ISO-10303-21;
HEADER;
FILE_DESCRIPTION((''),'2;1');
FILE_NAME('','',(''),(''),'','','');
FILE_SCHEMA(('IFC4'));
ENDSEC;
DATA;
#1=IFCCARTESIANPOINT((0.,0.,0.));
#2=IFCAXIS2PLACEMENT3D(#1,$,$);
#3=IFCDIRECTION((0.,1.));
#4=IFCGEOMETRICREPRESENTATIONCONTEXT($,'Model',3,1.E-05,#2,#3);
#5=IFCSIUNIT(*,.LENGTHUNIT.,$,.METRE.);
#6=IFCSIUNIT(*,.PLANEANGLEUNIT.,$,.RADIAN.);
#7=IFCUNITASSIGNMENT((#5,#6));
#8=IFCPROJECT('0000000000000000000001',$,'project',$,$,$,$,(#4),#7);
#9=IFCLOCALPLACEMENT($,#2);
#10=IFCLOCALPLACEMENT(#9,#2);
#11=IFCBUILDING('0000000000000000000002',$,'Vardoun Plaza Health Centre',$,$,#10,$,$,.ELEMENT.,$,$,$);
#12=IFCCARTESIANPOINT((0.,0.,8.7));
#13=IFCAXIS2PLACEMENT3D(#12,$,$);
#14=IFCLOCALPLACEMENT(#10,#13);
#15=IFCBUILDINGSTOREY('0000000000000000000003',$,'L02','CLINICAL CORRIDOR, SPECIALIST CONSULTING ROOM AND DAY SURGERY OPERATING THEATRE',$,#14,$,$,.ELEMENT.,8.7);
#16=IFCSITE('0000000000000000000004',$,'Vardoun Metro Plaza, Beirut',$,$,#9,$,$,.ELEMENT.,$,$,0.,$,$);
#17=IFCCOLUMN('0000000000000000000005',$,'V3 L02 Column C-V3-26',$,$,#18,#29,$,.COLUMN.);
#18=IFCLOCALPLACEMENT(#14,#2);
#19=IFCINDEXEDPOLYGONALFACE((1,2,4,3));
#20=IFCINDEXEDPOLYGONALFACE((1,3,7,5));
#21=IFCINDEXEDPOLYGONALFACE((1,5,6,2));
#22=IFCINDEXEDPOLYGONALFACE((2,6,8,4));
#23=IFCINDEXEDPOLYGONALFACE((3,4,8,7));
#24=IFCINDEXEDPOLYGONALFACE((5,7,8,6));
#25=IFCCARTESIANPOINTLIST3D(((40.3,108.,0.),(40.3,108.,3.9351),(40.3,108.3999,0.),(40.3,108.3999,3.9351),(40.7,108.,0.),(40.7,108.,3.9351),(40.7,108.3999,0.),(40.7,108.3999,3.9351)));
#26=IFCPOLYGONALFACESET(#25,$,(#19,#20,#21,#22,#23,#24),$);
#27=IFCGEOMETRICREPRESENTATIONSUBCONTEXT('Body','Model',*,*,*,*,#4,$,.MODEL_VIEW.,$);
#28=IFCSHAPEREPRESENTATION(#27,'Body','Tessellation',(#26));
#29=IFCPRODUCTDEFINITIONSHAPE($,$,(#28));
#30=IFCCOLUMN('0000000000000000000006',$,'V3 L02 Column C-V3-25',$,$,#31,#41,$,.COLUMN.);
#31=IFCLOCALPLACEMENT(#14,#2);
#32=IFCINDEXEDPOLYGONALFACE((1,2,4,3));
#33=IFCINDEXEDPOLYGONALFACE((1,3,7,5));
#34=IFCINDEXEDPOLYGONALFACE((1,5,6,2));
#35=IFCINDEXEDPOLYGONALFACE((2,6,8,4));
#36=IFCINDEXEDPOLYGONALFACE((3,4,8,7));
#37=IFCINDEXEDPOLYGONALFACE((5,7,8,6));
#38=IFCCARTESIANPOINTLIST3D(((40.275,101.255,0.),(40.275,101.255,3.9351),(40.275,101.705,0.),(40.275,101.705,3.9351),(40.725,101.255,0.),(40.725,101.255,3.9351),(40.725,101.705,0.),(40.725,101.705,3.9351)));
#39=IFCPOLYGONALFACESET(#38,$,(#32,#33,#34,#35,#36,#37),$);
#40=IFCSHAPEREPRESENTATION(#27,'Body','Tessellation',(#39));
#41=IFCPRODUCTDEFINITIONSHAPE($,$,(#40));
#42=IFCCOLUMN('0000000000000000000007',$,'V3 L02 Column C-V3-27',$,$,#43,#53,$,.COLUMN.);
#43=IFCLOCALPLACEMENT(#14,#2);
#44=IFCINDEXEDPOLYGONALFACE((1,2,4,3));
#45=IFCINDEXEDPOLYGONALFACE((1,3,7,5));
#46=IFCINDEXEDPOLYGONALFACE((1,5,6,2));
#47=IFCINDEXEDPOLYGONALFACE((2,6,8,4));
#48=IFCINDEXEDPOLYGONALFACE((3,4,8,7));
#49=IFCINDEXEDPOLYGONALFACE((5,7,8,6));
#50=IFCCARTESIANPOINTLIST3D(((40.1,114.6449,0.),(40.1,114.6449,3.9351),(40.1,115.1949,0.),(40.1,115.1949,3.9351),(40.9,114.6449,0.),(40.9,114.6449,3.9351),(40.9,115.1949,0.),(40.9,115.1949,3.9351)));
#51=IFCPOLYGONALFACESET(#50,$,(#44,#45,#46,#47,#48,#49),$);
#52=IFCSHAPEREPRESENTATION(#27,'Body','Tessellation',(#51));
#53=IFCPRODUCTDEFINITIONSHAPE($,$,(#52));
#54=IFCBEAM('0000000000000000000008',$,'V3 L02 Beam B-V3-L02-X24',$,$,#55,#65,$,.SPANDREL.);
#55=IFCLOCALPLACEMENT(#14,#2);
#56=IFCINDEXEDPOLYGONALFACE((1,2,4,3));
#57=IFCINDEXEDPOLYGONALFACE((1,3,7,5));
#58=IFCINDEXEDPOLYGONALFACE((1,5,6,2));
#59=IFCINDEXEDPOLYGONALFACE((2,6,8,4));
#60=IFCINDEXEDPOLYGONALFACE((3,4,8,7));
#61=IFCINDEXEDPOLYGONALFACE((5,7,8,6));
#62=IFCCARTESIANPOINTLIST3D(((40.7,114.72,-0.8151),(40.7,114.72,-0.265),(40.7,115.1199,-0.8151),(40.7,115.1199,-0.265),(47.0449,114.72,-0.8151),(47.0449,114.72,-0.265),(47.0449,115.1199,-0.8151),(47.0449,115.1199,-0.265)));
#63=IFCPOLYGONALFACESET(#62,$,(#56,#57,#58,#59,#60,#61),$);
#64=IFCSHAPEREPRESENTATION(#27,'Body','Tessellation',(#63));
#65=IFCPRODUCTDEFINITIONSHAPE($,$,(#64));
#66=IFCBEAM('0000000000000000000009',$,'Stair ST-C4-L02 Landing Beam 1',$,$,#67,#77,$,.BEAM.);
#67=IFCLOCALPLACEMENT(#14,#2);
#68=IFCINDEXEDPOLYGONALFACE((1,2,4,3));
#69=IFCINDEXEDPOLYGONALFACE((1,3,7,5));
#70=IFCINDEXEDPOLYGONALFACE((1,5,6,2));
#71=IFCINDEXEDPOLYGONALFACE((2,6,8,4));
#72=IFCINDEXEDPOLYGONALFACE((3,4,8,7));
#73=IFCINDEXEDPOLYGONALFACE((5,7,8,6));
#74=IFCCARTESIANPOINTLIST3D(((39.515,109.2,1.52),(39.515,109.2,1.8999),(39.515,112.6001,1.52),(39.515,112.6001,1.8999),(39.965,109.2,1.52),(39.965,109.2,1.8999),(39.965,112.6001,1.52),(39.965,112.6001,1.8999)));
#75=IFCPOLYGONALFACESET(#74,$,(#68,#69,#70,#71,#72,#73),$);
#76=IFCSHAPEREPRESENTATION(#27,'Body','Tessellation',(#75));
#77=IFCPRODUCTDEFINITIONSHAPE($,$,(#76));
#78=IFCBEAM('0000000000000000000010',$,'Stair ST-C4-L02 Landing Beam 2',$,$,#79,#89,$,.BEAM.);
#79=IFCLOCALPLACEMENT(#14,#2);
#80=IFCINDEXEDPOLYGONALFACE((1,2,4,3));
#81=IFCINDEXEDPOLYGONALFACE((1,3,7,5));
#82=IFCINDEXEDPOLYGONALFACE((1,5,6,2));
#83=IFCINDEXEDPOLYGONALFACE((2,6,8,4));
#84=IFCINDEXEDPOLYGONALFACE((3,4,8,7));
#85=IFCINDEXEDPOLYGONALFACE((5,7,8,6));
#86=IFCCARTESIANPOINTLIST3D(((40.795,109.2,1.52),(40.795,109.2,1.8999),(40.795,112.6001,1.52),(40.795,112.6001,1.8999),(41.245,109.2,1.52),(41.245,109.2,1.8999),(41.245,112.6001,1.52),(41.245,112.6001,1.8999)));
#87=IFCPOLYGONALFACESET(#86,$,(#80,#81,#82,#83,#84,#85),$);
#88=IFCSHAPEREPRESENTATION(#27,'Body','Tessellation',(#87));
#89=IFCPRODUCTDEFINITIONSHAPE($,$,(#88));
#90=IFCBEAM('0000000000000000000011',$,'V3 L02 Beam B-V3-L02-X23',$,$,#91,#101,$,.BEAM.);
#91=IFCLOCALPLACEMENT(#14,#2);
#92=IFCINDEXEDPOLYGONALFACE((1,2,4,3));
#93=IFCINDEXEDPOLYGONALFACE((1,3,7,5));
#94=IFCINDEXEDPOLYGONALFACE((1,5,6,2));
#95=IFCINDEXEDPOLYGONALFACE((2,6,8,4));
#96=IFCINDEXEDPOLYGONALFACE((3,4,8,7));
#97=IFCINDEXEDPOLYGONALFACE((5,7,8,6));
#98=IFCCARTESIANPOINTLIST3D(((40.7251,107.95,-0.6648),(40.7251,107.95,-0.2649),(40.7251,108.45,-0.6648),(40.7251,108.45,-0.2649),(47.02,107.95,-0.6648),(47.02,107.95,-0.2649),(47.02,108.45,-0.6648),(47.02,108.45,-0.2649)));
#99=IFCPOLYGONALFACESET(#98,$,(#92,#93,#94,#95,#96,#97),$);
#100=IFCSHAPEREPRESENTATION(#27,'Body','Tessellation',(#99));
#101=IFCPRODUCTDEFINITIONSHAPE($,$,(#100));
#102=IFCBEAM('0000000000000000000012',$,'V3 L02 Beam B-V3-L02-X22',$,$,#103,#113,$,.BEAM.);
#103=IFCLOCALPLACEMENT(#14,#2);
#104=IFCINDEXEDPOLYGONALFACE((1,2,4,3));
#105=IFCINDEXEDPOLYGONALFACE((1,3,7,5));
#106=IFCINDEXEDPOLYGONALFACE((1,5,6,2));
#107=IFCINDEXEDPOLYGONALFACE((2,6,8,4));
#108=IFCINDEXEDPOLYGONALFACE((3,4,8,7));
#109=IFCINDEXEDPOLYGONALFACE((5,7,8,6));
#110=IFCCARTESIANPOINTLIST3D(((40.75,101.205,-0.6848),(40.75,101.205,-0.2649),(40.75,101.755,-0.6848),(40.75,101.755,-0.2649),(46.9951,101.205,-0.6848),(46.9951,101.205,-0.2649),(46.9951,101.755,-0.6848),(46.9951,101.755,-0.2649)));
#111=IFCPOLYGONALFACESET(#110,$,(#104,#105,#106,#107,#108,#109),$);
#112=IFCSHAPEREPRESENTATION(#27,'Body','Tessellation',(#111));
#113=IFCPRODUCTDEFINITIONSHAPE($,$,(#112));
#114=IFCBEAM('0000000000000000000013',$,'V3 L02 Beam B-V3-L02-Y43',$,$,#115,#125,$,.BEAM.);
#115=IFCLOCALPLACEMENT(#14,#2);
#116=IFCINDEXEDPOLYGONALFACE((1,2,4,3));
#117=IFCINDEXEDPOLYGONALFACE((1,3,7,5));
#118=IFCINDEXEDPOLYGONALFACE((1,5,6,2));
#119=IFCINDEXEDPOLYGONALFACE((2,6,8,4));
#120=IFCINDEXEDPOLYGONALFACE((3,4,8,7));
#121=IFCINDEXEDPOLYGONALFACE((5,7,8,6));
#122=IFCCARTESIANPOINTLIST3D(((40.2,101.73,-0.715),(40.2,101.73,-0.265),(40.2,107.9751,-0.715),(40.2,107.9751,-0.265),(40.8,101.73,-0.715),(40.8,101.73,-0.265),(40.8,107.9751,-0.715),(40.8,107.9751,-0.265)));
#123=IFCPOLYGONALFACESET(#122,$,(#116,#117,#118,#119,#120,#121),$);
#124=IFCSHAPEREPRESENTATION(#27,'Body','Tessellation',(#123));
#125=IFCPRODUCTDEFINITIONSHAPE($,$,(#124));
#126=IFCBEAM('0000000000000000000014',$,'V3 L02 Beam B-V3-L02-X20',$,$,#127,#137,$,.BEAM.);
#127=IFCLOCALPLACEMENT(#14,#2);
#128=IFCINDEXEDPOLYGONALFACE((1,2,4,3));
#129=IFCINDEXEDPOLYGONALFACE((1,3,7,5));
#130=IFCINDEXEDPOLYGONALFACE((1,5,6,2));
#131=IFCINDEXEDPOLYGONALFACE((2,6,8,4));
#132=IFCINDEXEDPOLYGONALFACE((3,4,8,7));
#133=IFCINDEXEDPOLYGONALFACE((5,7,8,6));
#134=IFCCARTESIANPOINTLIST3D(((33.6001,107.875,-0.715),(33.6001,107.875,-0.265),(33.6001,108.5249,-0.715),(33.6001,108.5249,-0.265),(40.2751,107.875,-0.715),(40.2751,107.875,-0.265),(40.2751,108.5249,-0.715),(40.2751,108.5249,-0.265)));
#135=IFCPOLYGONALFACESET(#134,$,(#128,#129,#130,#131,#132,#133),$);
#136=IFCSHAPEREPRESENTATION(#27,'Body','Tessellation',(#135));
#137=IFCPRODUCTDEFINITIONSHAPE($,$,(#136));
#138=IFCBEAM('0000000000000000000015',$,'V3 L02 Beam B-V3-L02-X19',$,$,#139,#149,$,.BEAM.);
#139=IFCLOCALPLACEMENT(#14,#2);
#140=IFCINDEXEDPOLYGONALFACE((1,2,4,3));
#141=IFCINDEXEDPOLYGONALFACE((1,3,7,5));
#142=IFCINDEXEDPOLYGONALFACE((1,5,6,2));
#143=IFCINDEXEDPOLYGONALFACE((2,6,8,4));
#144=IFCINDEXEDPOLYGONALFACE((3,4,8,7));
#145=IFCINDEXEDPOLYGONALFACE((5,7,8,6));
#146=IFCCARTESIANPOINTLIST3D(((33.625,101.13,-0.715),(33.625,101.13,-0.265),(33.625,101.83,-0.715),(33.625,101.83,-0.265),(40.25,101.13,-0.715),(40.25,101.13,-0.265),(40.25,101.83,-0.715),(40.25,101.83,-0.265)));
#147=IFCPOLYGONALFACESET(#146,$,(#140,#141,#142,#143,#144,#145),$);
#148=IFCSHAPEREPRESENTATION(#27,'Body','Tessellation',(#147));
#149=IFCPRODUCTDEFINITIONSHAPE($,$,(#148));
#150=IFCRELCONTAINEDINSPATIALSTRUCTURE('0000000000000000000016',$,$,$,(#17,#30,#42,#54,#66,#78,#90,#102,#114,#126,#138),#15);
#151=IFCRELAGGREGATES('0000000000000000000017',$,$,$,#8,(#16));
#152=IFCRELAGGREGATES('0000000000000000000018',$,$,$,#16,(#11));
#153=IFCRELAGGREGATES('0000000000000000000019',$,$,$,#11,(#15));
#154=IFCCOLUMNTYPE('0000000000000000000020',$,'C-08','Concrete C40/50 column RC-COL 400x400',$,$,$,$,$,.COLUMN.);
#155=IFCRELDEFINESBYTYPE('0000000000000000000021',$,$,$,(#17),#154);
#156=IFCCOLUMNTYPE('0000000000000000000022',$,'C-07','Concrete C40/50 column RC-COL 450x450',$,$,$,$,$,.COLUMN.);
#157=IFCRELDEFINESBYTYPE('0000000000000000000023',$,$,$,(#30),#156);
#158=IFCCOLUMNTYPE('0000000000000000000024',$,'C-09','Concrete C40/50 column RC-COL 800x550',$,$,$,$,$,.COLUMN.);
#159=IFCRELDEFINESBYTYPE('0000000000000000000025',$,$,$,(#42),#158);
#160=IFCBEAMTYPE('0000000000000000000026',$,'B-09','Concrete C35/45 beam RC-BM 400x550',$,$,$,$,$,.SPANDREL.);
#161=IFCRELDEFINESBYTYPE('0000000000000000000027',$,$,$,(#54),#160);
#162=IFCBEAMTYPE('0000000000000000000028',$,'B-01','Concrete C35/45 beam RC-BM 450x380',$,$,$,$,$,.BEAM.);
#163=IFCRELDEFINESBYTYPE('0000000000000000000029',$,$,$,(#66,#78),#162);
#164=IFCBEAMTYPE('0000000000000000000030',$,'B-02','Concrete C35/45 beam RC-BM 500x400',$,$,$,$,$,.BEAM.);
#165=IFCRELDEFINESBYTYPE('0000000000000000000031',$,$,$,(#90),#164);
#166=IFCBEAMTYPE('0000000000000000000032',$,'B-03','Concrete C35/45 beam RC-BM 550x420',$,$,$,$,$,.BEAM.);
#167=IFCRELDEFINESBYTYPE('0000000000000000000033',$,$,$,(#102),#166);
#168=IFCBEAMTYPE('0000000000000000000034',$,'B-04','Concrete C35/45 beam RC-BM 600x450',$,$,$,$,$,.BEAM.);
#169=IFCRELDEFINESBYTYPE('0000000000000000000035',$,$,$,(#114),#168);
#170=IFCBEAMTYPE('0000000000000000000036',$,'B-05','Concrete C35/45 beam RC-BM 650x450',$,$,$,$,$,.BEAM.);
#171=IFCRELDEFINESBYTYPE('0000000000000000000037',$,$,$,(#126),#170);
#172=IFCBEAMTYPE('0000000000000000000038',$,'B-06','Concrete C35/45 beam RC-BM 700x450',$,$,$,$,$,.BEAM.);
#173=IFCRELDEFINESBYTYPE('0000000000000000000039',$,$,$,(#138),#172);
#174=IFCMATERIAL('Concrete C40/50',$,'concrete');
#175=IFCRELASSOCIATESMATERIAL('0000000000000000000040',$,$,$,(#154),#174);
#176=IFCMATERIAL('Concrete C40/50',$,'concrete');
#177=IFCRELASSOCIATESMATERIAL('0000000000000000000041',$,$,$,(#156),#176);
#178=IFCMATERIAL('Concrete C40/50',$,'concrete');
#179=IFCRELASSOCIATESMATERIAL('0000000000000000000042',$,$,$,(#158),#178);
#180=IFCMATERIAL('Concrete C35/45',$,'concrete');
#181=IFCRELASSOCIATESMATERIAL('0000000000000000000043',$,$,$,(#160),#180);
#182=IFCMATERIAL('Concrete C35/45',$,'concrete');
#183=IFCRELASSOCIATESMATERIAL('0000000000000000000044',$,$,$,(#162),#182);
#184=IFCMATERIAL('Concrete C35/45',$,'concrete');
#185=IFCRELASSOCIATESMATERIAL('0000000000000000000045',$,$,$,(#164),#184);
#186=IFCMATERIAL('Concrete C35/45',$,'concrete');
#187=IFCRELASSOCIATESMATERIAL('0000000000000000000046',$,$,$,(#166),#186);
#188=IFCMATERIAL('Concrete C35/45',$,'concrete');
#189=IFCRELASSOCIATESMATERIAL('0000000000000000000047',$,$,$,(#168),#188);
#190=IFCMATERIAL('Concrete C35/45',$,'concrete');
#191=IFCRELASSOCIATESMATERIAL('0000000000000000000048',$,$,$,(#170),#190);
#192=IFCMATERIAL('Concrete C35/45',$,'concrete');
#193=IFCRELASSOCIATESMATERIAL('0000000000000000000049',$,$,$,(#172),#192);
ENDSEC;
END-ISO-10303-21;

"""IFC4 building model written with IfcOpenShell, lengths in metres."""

from ifc_helpers import new_model, si_unit, direction, frame, origin, origin_2d, place, context, subcontext, project, spatial, rectangle, extrude, material, material_profile, profile_set, type_object, element, save


model = new_model("IFC4")

# Units and contexts
model_context = context("Model", 3, precision=1e-05, world=origin(), true_north=direction((0.0, 1.0)))
body_context = subcontext(model_context, "Body", "Model", "MODEL_VIEW")
ifc_project = project(units=[si_unit("LENGTHUNIT", "METRE"), si_unit("PLANEANGLEUNIT", "RADIAN")], contexts=[model_context])

# Site, building, storey
site_placement = place(None, origin())
site = spatial("IfcSite", under=ifc_project, at=site_placement, Name="Vardoun Metro Plaza, Beirut", CompositionType="ELEMENT", RefElevation=0.0)
building_placement = place(site_placement, origin())
building = spatial("IfcBuilding", under=site, at=building_placement, Name="Vardoun Plaza Health Centre", CompositionType="ELEMENT")
storey_placement = place(building_placement, frame((0.0, 0.0, 8.7)))
storey = spatial("IfcBuildingStorey", under=building, at=storey_placement, Name="L02", Description="CLINICAL CORRIDOR, SPECIALIST CONSULTING ROOM AND DAY SURGERY OPERATING THEATRE", CompositionType="ELEMENT", Elevation=8.7)

# Columns
ifc_material_1 = material(Name="Concrete C40/50", Category="concrete")
ifc_material_profile_1 = material_profile(ifc_material_1, rectangle(XDim=0.3999, YDim=0.3999, at=origin_2d()), Name="RC-COL 400x400")
ifc_profile_set_1 = profile_set([ifc_material_profile_1], Name="Concrete C40/50")
column_type_1 = type_object("IfcColumnType", Name="C-08", Description="Concrete C40/50 column RC-COL 400x400", PredefinedType="COLUMN", material=ifc_profile_set_1)
column_1_placement = place(storey_placement, frame((40.5, 108.2, 0.0), z_axis=(0.0, 0.0, 1.0), x_axis=(1.0, 0.0, 0.0)))
element("IfcColumn", 1, at=column_1_placement, inside=storey, type_object=column_type_1, Name="V3 L02 Column C-V3-26", PredefinedType="COLUMN", context=body_context, shape_type="SweptSolid", body=[
    extrude(rectangle(XDim=0.3999, YDim=0.3999, at=origin_2d()), origin(), (0.0, 0.0, 1.0), 3.9351),
])
ifc_material_2 = material(Name="Concrete C40/50", Category="concrete")
ifc_material_profile_2 = material_profile(ifc_material_2, rectangle(XDim=0.45, YDim=0.45, at=origin_2d()), Name="RC-COL 450x450")
ifc_profile_set_2 = profile_set([ifc_material_profile_2], Name="Concrete C40/50")
column_type_2 = type_object("IfcColumnType", Name="C-07", Description="Concrete C40/50 column RC-COL 450x450", PredefinedType="COLUMN", material=ifc_profile_set_2)
column_2_placement = place(storey_placement, frame((40.5, 101.48, 0.0), z_axis=(0.0, 0.0, 1.0), x_axis=(1.0, 0.0, 0.0)))
element("IfcColumn", 2, at=column_2_placement, inside=storey, type_object=column_type_2, Name="V3 L02 Column C-V3-25", PredefinedType="COLUMN", context=body_context, shape_type="SweptSolid", body=[
    extrude(rectangle(XDim=0.45, YDim=0.45, at=origin_2d()), origin(), (0.0, 0.0, 1.0), 3.9351),
])
ifc_material_3 = material(Name="Concrete C40/50", Category="concrete")
ifc_material_profile_3 = material_profile(ifc_material_3, rectangle(XDim=0.8, YDim=0.55, at=origin_2d()), Name="RC-COL 800x550")
ifc_profile_set_3 = profile_set([ifc_material_profile_3], Name="Concrete C40/50")
column_type_3 = type_object("IfcColumnType", Name="C-09", Description="Concrete C40/50 column RC-COL 800x550", PredefinedType="COLUMN", material=ifc_profile_set_3)
column_3_placement = place(storey_placement, frame((40.5, 114.9199, 0.0), z_axis=(0.0, 0.0, 1.0), x_axis=(1.0, 0.0, 0.0)))
element("IfcColumn", 3, at=column_3_placement, inside=storey, type_object=column_type_3, Name="V3 L02 Column C-V3-27", PredefinedType="COLUMN", context=body_context, shape_type="SweptSolid", body=[
    extrude(rectangle(XDim=0.8, YDim=0.55, at=origin_2d()), origin(), (0.0, 0.0, 1.0), 3.9351),
])

# Beams
ifc_material_4 = material(Name="Concrete C35/45", Category="concrete")
ifc_material_profile_4 = material_profile(ifc_material_4, rectangle(XDim=0.3999, YDim=0.55, at=origin_2d()), Name="RC-BM 400x550")
ifc_profile_set_4 = profile_set([ifc_material_profile_4], Name="Concrete C35/45")
beam_type_1 = type_object("IfcBeamType", Name="B-09", Description="Concrete C35/45 beam RC-BM 400x550", PredefinedType="SPANDREL", material=ifc_profile_set_4)
beam_1_placement = place(storey_placement, frame((40.7, 114.9199, -0.54), z_axis=(1.0, 0.0, 0.0), x_axis=(0.0, 1.0, 0.0)))
element("IfcBeam", 4, at=beam_1_placement, inside=storey, type_object=beam_type_1, Name="V3 L02 Beam B-V3-L02-X24", PredefinedType="SPANDREL", context=body_context, shape_type="SweptSolid", body=[
    extrude(rectangle(XDim=0.3999, YDim=0.55, at=origin_2d()), origin(), (0.0, 0.0, 1.0), 6.345),
])
ifc_material_5 = material(Name="Concrete C35/45", Category="concrete")
ifc_material_profile_5 = material_profile(ifc_material_5, rectangle(XDim=0.45, YDim=0.3799, at=origin_2d()), Name="RC-BM 450x380")
ifc_profile_set_5 = profile_set([ifc_material_profile_5], Name="Concrete C35/45")
beam_type_2 = type_object("IfcBeamType", Name="B-01", Description="Concrete C35/45 beam RC-BM 450x380", PredefinedType="BEAM", material=ifc_profile_set_5)
for number, where, z_axis, x_axis, name in (
    (5, (39.74, 109.2, 1.71), (0.0, 1.0, 0.0), (-1.0, 0.0, 0.0), "Stair ST-C4-L02 Landing Beam 1"),
    (6, (41.02, 109.2, 1.71), (0.0, 1.0, 0.0), (-1.0, 0.0, 0.0), "Stair ST-C4-L02 Landing Beam 2"),
):
    element("IfcBeam", number, at=place(storey_placement, frame(where, z_axis=z_axis, x_axis=x_axis)), inside=storey, type_object=beam_type_2, Name=name, PredefinedType="BEAM", context=body_context, shape_type="SweptSolid", body=[
        extrude(rectangle(XDim=0.45, YDim=0.3799, at=origin_2d()), origin(), (0.0, 0.0, 1.0), 3.4001),
    ])
ifc_material_6 = material(Name="Concrete C35/45", Category="concrete")
ifc_material_profile_6 = material_profile(ifc_material_6, rectangle(XDim=0.5, YDim=0.3999, at=origin_2d()), Name="RC-BM 500x400")
ifc_profile_set_6 = profile_set([ifc_material_profile_6], Name="Concrete C35/45")
beam_type_3 = type_object("IfcBeamType", Name="B-02", Description="Concrete C35/45 beam RC-BM 500x400", PredefinedType="BEAM", material=ifc_profile_set_6)
beam_2_placement = place(storey_placement, frame((40.7251, 108.2, -0.4648), z_axis=(1.0, 0.0, 0.0), x_axis=(0.0, 1.0, 0.0)))
element("IfcBeam", 7, at=beam_2_placement, inside=storey, type_object=beam_type_3, Name="V3 L02 Beam B-V3-L02-X23", PredefinedType="BEAM", context=body_context, shape_type="SweptSolid", body=[
    extrude(rectangle(XDim=0.5, YDim=0.3999, at=origin_2d()), origin(), (0.0, 0.0, 1.0), 6.2949),
])
ifc_material_7 = material(Name="Concrete C35/45", Category="concrete")
ifc_material_profile_7 = material_profile(ifc_material_7, rectangle(XDim=0.55, YDim=0.4199, at=origin_2d()), Name="RC-BM 550x420")
ifc_profile_set_7 = profile_set([ifc_material_profile_7], Name="Concrete C35/45")
beam_type_4 = type_object("IfcBeamType", Name="B-03", Description="Concrete C35/45 beam RC-BM 550x420", PredefinedType="BEAM", material=ifc_profile_set_7)
beam_3_placement = place(storey_placement, frame((40.75, 101.48, -0.4749), z_axis=(1.0, 0.0, 0.0), x_axis=(0.0, 1.0, 0.0)))
element("IfcBeam", 8, at=beam_3_placement, inside=storey, type_object=beam_type_4, Name="V3 L02 Beam B-V3-L02-X22", PredefinedType="BEAM", context=body_context, shape_type="SweptSolid", body=[
    extrude(rectangle(XDim=0.55, YDim=0.4199, at=origin_2d()), origin(), (0.0, 0.0, 1.0), 6.2451),
])
ifc_material_8 = material(Name="Concrete C35/45", Category="concrete")
ifc_material_profile_8 = material_profile(ifc_material_8, rectangle(XDim=0.6001, YDim=0.45, at=origin_2d()), Name="RC-BM 600x450")
ifc_profile_set_8 = profile_set([ifc_material_profile_8], Name="Concrete C35/45")
beam_type_5 = type_object("IfcBeamType", Name="B-04", Description="Concrete C35/45 beam RC-BM 600x450", PredefinedType="BEAM", material=ifc_profile_set_8)
beam_4_placement = place(storey_placement, frame((40.5, 101.73, -0.49), z_axis=(0.0, 1.0, 0.0), x_axis=(-1.0, 0.0, 0.0)))
element("IfcBeam", 9, at=beam_4_placement, inside=storey, type_object=beam_type_5, Name="V3 L02 Beam B-V3-L02-Y43", PredefinedType="BEAM", context=body_context, shape_type="SweptSolid", body=[
    extrude(rectangle(XDim=0.6001, YDim=0.45, at=origin_2d()), origin(), (0.0, 0.0, 1.0), 6.2451),
])
ifc_material_9 = material(Name="Concrete C35/45", Category="concrete")
ifc_material_profile_9 = material_profile(ifc_material_9, rectangle(XDim=0.6499, YDim=0.45, at=origin_2d()), Name="RC-BM 650x450")
ifc_profile_set_9 = profile_set([ifc_material_profile_9], Name="Concrete C35/45")
beam_type_6 = type_object("IfcBeamType", Name="B-05", Description="Concrete C35/45 beam RC-BM 650x450", PredefinedType="BEAM", material=ifc_profile_set_9)
beam_5_placement = place(storey_placement, frame((33.6001, 108.2, -0.49), z_axis=(1.0, 0.0, 0.0), x_axis=(0.0, 1.0, 0.0)))
element("IfcBeam", 10, at=beam_5_placement, inside=storey, type_object=beam_type_6, Name="V3 L02 Beam B-V3-L02-X20", PredefinedType="BEAM", context=body_context, shape_type="SweptSolid", body=[
    extrude(rectangle(XDim=0.6499, YDim=0.45, at=origin_2d()), origin(), (0.0, 0.0, 1.0), 6.675),
])
ifc_material_10 = material(Name="Concrete C35/45", Category="concrete")
ifc_material_profile_10 = material_profile(ifc_material_10, rectangle(XDim=0.7, YDim=0.45, at=origin_2d()), Name="RC-BM 700x450")
ifc_profile_set_10 = profile_set([ifc_material_profile_10], Name="Concrete C35/45")
beam_type_7 = type_object("IfcBeamType", Name="B-06", Description="Concrete C35/45 beam RC-BM 700x450", PredefinedType="BEAM", material=ifc_profile_set_10)
beam_6_placement = place(storey_placement, frame((33.625, 101.48, -0.49), z_axis=(1.0, 0.0, 0.0), x_axis=(0.0, 1.0, 0.0)))
element("IfcBeam", 11, at=beam_6_placement, inside=storey, type_object=beam_type_7, Name="V3 L02 Beam B-V3-L02-X19", PredefinedType="BEAM", context=body_context, shape_type="SweptSolid", body=[
    extrude(rectangle(XDim=0.7, YDim=0.45, at=origin_2d()), origin(), (0.0, 0.0, 1.0), 6.625),
])

save(model, "model.ifc")
